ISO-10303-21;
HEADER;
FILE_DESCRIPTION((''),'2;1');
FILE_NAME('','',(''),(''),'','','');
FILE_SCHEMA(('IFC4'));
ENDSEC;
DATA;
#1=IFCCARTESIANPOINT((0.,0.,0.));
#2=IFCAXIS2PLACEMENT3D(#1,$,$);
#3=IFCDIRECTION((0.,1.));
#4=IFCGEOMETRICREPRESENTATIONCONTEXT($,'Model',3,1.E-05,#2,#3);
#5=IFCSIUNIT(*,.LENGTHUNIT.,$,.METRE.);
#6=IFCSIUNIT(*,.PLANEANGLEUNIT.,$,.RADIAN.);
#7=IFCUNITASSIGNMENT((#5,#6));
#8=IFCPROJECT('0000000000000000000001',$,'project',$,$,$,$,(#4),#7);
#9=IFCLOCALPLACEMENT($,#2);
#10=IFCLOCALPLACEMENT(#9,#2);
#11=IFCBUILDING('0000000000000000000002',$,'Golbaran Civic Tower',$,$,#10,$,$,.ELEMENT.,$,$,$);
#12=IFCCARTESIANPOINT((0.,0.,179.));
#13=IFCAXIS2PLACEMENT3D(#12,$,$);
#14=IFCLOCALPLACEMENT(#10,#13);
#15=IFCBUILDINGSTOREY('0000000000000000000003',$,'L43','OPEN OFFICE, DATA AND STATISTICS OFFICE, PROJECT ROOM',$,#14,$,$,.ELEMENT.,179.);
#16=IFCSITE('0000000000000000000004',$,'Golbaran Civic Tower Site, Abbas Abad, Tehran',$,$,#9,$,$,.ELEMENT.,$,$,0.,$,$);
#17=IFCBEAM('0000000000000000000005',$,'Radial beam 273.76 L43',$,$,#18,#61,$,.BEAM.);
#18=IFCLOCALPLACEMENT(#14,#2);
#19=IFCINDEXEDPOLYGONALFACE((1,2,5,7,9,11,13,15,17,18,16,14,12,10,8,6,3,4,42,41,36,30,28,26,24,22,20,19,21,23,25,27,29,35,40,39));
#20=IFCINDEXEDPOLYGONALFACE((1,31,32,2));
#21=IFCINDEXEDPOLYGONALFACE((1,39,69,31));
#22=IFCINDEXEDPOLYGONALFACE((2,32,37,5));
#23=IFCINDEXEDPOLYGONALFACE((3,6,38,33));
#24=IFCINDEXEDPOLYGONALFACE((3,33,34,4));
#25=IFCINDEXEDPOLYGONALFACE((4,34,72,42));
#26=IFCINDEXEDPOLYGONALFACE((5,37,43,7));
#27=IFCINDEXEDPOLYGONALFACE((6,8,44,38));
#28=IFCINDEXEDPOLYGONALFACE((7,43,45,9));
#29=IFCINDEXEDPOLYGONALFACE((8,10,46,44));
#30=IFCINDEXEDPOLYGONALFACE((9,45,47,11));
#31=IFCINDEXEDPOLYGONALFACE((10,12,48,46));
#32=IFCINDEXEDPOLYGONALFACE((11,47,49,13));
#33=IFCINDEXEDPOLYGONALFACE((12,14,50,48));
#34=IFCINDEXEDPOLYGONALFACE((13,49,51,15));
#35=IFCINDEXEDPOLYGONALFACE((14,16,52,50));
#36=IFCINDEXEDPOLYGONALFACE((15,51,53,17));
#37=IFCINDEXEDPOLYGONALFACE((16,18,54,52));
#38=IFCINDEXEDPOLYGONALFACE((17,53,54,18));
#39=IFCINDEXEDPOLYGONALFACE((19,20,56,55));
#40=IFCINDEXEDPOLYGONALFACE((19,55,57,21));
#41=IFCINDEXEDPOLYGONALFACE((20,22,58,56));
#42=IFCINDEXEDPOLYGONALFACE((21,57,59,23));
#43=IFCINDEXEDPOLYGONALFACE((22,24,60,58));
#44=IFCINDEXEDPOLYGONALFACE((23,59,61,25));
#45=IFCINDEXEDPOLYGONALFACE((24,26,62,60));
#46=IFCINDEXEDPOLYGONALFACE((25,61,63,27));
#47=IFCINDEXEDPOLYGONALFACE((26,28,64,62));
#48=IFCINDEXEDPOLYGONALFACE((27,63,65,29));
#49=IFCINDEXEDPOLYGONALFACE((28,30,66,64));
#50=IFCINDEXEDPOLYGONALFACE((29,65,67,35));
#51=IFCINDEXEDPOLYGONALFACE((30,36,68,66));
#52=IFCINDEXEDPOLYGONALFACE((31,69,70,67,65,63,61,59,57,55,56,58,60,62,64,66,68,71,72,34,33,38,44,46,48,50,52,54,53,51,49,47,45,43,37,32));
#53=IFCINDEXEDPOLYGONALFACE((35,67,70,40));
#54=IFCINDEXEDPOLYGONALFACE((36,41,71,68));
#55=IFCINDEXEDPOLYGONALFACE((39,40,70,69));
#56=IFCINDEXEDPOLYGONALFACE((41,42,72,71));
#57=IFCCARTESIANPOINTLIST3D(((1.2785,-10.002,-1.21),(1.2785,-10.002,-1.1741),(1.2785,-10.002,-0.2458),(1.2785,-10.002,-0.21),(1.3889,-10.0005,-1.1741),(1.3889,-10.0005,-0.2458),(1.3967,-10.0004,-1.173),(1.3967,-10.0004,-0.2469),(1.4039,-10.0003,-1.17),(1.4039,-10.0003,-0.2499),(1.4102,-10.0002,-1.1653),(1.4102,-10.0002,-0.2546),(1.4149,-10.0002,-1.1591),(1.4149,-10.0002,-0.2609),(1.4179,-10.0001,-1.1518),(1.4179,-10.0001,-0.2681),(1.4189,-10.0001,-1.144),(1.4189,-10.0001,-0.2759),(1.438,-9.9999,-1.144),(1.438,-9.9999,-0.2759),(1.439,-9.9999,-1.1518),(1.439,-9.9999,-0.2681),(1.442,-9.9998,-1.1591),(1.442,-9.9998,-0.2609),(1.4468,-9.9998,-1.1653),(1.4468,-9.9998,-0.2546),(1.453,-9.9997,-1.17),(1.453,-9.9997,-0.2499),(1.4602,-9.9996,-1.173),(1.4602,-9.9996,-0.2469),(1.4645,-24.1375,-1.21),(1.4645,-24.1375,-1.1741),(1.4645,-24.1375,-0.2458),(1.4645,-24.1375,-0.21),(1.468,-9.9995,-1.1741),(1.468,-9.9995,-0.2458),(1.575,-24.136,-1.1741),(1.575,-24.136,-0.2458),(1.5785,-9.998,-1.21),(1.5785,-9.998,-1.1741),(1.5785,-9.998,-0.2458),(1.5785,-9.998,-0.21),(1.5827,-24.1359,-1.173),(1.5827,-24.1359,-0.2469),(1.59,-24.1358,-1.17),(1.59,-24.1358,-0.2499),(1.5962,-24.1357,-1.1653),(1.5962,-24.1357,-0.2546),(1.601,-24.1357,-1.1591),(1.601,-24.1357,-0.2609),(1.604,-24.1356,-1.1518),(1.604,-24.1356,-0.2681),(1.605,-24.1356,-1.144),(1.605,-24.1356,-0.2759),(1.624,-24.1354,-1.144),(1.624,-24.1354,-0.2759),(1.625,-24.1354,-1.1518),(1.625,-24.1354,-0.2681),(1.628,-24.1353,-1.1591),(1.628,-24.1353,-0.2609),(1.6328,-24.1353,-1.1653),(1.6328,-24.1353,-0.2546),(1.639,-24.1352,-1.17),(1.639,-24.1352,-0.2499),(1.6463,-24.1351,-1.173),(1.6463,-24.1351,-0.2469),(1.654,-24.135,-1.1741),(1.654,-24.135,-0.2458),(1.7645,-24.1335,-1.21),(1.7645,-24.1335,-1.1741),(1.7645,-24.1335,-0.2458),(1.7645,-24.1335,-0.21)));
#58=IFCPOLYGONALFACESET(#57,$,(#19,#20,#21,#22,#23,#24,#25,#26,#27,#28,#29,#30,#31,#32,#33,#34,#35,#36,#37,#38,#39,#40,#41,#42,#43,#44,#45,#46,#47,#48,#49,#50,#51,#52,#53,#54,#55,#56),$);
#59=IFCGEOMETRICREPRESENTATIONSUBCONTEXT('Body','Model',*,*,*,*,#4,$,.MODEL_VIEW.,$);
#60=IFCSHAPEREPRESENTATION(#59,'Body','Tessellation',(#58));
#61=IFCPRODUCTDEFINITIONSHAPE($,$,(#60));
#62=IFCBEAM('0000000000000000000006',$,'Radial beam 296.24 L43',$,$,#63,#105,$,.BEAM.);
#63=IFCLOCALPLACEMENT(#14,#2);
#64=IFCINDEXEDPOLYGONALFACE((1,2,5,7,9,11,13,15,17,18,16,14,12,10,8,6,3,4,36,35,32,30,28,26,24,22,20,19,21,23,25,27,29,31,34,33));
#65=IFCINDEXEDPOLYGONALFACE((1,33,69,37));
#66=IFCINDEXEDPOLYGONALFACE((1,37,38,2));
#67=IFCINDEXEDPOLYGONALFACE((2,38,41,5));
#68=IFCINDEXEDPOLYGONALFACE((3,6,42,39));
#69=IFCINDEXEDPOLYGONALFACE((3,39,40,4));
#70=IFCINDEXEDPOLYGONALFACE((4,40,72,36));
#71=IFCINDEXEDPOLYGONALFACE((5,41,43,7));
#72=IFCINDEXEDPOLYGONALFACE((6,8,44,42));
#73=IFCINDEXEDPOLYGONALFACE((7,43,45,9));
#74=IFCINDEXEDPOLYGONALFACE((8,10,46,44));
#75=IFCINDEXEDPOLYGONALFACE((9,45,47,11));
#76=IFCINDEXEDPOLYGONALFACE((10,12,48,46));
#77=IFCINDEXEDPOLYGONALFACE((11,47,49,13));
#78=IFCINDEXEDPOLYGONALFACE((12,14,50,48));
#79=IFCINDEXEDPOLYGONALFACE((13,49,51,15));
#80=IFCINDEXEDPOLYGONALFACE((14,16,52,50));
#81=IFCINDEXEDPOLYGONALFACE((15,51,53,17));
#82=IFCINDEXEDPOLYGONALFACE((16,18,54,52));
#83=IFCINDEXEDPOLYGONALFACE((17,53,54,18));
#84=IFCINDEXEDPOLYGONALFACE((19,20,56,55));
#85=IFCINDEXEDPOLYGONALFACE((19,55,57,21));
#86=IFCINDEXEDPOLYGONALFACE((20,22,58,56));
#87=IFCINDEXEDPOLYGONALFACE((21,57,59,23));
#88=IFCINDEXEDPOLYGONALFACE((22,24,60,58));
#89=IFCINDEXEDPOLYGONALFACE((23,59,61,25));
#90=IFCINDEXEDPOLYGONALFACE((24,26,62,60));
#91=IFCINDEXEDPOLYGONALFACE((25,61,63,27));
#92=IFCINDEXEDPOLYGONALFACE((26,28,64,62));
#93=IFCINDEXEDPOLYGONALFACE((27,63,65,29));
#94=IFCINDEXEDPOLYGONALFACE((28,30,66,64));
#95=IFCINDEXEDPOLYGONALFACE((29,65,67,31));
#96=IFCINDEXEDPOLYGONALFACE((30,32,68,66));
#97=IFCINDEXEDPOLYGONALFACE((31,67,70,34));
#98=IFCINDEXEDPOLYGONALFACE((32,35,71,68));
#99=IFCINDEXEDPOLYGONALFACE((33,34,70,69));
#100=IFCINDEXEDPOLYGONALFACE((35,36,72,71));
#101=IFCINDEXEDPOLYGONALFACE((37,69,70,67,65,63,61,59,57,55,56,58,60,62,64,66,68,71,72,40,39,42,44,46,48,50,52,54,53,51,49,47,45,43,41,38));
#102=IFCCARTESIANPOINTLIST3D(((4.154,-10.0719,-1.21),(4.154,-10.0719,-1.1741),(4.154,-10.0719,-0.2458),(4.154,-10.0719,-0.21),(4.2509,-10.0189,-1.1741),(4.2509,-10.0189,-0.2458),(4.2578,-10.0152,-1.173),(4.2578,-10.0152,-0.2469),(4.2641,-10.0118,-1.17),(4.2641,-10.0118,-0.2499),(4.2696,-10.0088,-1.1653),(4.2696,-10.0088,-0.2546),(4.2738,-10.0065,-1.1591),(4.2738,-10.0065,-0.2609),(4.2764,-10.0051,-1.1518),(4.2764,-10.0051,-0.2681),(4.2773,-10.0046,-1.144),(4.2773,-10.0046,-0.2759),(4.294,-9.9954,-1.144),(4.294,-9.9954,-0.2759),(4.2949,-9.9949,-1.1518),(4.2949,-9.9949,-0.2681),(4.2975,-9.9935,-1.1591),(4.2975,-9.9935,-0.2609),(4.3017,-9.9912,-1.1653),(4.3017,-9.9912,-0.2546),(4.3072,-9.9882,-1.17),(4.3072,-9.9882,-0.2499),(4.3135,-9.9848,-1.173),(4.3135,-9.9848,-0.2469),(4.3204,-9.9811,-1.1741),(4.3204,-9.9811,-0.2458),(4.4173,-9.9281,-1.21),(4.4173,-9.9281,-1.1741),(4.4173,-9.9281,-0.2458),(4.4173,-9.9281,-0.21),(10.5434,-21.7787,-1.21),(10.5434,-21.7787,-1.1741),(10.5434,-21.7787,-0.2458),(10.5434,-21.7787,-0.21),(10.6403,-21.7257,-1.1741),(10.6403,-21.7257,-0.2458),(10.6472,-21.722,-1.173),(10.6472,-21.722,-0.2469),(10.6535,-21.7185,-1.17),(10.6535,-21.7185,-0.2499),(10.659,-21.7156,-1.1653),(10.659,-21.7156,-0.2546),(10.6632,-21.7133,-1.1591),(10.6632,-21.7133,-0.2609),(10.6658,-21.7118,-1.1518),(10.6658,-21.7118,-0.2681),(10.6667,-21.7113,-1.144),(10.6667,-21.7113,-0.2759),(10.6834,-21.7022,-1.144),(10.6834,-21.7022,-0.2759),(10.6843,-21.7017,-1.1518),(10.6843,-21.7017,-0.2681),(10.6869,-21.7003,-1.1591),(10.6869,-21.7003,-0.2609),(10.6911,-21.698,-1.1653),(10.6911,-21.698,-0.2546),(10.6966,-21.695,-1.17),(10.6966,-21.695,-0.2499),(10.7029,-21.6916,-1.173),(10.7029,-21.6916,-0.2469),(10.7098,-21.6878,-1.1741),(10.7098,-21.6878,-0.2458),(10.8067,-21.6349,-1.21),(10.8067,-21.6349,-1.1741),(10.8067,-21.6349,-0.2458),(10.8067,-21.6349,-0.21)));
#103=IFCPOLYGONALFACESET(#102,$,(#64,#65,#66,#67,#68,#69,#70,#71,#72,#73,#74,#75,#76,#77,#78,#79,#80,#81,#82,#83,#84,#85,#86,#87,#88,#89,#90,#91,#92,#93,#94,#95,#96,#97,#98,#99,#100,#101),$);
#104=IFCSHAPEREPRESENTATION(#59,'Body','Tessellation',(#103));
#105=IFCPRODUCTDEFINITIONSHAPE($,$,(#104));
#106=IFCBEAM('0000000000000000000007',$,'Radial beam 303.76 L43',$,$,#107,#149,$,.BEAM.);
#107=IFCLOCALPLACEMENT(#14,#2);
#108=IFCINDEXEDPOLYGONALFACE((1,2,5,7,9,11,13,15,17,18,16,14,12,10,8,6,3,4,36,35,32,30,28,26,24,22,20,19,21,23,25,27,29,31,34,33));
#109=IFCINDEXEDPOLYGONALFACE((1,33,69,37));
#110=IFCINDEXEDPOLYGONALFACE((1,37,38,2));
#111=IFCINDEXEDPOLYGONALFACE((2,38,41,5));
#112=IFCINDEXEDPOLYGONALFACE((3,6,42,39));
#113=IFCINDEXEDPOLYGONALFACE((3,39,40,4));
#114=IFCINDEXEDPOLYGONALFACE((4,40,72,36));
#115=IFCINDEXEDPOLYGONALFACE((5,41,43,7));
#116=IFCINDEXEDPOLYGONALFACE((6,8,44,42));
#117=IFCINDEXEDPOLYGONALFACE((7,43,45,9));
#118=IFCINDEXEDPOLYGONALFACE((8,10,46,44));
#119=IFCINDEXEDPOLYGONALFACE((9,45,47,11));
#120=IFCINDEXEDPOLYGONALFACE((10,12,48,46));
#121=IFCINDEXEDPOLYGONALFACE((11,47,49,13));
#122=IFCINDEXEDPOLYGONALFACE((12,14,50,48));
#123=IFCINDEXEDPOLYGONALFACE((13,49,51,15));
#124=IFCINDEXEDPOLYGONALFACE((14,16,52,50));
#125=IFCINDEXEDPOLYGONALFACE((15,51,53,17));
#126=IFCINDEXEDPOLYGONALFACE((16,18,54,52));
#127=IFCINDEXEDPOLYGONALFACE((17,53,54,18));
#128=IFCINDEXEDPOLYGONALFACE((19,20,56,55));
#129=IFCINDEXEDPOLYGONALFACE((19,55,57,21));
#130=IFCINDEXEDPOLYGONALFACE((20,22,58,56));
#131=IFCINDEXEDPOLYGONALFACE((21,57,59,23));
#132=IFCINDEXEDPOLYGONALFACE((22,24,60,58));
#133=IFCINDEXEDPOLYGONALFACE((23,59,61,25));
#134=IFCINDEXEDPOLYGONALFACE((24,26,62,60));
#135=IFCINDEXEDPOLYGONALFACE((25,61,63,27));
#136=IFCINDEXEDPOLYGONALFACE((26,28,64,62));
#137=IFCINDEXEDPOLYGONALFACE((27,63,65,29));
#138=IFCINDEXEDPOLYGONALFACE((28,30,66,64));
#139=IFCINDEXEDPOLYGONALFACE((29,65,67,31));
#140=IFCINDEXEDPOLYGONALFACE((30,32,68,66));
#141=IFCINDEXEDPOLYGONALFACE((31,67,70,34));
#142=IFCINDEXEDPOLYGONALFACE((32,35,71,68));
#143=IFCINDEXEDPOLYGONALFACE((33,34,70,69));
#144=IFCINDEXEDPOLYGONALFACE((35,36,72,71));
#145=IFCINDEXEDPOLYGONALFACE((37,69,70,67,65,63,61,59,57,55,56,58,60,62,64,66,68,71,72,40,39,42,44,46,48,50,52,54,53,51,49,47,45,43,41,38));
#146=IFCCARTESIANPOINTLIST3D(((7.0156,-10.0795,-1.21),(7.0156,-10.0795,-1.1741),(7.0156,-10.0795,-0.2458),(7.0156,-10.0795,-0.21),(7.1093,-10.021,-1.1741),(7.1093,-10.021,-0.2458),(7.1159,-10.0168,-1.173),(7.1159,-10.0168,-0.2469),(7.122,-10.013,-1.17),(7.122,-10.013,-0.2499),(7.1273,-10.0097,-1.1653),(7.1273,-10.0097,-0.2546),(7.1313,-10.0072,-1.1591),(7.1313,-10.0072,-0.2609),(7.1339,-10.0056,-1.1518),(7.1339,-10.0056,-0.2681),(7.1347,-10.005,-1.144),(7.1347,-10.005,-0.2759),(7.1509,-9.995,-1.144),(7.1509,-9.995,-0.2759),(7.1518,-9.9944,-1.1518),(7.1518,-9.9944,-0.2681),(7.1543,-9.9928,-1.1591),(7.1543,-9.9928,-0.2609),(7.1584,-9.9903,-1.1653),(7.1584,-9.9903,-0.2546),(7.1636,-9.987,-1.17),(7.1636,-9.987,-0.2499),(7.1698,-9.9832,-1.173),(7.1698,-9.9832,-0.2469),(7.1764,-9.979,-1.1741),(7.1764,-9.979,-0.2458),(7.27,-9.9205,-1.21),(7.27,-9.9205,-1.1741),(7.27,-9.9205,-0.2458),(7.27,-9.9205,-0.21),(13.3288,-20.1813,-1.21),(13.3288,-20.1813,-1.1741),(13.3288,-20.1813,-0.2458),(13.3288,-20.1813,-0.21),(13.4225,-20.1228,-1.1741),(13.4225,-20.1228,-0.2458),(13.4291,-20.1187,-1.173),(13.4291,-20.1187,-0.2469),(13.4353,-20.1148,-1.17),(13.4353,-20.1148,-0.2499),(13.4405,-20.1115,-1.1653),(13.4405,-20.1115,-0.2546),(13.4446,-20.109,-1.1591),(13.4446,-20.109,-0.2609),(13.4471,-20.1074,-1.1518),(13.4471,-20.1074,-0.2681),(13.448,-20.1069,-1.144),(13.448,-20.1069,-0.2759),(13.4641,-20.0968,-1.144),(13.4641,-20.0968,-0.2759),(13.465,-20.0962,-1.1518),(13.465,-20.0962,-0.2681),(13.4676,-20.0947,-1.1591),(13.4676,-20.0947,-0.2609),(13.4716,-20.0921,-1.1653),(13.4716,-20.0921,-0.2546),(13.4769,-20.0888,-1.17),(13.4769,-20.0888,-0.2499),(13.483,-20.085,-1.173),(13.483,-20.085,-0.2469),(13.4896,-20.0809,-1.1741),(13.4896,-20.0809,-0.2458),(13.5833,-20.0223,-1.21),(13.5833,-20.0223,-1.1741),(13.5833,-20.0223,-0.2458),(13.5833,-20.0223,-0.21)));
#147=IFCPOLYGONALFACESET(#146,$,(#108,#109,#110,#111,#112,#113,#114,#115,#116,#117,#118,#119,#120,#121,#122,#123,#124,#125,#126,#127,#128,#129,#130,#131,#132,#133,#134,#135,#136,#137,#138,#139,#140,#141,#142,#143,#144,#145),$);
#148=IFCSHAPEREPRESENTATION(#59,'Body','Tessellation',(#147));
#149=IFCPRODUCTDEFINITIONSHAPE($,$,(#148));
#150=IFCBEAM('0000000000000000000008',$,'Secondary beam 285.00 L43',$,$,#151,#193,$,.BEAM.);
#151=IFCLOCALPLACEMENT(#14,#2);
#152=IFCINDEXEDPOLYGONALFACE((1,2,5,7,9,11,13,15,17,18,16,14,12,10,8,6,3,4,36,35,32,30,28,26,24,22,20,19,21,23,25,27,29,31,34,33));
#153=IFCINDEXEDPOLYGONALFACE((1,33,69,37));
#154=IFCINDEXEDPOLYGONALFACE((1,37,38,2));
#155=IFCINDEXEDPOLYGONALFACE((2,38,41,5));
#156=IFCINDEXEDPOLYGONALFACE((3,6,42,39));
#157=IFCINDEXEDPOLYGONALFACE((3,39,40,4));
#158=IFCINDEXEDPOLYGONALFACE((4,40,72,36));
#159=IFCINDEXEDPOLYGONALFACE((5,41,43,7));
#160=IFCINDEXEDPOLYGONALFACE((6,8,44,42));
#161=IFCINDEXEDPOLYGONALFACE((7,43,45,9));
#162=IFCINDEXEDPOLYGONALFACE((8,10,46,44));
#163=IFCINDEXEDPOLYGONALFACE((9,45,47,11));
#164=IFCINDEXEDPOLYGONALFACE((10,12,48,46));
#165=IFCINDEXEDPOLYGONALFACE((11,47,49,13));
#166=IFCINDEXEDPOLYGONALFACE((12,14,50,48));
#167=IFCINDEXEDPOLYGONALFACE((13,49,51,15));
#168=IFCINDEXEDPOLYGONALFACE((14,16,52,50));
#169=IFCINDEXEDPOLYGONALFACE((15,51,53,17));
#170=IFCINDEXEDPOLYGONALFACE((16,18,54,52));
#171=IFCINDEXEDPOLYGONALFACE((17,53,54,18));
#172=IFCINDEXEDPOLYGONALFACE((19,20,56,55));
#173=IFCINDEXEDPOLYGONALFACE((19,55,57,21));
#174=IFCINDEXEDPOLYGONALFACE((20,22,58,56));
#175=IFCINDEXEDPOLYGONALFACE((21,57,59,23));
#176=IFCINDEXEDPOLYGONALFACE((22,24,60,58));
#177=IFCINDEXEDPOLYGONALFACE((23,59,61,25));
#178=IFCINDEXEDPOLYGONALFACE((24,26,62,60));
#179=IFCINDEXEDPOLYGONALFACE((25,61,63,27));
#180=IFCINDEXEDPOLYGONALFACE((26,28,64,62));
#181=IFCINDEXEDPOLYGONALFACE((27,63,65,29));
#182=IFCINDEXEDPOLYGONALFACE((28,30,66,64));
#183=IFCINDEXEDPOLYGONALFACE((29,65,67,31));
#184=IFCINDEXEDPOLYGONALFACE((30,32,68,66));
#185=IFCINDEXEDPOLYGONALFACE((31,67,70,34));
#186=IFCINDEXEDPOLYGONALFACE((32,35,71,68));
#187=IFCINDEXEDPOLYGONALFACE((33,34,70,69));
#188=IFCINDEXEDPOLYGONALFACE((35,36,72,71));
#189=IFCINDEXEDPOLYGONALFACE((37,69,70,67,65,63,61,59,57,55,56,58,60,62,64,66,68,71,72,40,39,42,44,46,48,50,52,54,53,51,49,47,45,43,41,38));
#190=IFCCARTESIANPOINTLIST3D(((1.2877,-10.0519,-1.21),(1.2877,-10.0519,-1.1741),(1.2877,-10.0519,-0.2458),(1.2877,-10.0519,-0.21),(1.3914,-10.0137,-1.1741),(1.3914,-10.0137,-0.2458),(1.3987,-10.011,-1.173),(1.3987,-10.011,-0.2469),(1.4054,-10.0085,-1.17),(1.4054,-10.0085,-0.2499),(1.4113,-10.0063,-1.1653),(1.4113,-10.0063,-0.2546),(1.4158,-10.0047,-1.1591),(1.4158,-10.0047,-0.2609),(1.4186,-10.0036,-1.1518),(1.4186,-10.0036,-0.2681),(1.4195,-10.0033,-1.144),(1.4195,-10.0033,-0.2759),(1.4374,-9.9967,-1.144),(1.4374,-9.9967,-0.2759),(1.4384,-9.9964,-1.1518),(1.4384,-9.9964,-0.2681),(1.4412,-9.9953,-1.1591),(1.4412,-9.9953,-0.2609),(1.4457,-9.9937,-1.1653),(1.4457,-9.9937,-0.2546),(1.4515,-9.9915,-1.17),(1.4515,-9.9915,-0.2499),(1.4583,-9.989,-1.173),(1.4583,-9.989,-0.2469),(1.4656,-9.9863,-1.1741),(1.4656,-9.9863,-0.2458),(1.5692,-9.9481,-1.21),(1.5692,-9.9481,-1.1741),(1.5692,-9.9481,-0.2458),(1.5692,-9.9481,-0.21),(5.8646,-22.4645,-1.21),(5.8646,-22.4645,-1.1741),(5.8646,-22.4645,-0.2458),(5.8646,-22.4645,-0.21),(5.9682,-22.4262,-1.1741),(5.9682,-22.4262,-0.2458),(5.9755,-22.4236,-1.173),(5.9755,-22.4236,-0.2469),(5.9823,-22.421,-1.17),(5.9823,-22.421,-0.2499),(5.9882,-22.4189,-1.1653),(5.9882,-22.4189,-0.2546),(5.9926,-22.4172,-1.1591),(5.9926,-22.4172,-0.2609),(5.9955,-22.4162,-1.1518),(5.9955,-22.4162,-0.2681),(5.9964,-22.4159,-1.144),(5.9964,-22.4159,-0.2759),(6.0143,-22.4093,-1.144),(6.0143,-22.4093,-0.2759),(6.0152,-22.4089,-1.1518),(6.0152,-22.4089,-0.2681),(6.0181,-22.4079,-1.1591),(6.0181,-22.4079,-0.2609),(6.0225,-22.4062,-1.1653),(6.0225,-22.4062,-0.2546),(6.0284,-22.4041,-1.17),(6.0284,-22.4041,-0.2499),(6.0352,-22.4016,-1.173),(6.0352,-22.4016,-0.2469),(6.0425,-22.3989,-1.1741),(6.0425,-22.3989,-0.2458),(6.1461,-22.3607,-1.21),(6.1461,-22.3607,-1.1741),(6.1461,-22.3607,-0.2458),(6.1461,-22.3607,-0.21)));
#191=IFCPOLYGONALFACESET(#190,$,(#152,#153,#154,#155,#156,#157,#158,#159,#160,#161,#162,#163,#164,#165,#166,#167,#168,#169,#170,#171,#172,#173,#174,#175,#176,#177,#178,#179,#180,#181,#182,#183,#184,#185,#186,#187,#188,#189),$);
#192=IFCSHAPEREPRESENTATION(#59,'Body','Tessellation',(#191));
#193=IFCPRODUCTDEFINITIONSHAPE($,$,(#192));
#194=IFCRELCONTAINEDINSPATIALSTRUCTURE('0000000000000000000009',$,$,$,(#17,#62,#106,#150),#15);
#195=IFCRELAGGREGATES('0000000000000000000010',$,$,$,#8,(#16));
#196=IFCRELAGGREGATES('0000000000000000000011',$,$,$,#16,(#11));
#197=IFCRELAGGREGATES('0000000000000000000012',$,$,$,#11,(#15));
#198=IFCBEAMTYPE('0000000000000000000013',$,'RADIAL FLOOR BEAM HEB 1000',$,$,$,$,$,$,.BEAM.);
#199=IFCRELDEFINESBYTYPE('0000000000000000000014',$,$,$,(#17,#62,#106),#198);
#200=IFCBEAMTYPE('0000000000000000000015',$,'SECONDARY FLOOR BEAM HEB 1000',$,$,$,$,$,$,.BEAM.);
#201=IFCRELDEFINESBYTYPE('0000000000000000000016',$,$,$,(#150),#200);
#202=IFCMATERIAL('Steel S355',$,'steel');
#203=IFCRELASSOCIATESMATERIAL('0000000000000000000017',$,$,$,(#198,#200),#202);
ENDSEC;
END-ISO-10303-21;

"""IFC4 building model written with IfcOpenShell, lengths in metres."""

from ifc_helpers import new_model, si_unit, direction, frame, origin, origin_2d, place, context, subcontext, project, spatial, i_section, extrude, material, material_profile, profile_set, type_object, element, save


model = new_model("IFC4")

# Units and contexts
model_context = context("Model", 3, precision=1e-05, world=origin(), true_north=direction((0.0, 1.0)))
body_context = subcontext(model_context, "Body", "Model", "MODEL_VIEW")
ifc_project = project(units=[si_unit("LENGTHUNIT", "METRE"), si_unit("PLANEANGLEUNIT", "RADIAN")], contexts=[model_context])

# Site, building, storey
site_placement = place(None, origin())
site = spatial("IfcSite", under=ifc_project, at=site_placement, Name="Golbaran Civic Tower Site, Abbas Abad, Tehran", CompositionType="ELEMENT", RefElevation=0.0)
building_placement = place(site_placement, origin())
building = spatial("IfcBuilding", under=site, at=building_placement, Name="Golbaran Civic Tower", CompositionType="ELEMENT")
storey_placement = place(building_placement, frame((0.0, 0.0, 179.0)))
storey = spatial("IfcBuildingStorey", under=building, at=storey_placement, Name="L43", Description="OPEN OFFICE, DATA AND STATISTICS OFFICE, PROJECT ROOM", CompositionType="ELEMENT", Elevation=179.0)

# Beams
ifc_material_1 = material(Name="Steel S355", Category="steel")
ifc_material_profile_1 = material_profile(ifc_material_1, i_section(OverallWidth=0.3, OverallDepth=1.0, WebThickness=0.019, FlangeThickness=0.0359, FilletRadius=0.03, at=origin_2d()), Name="HEB 1000")
ifc_profile_set_1 = profile_set([ifc_material_profile_1], Name="Steel S355")
beam_type_1 = type_object("IfcBeamType", Name="RADIAL FLOOR BEAM HEB 1000", PredefinedType="BEAM", material=ifc_profile_set_1)
beam_1_placement = place(storey_placement, frame((1.4285, -10.0, -0.71), z_axis=(0.01316, -0.999913, 0.0), x_axis=(0.999913, 0.01316, 0.0)))
element("IfcBeam", 1, at=beam_1_placement, inside=storey, type_object=beam_type_1, Name="Radial beam 273.76 L43", PredefinedType="BEAM", context=body_context, shape_type="SweptSolid", body=[
    extrude(i_section(OverallWidth=0.3, OverallDepth=1.0, WebThickness=0.019, FlangeThickness=0.0359, FilletRadius=0.03, at=origin_2d()), origin(), (0.0, 0.0, 1.0), 14.1367),
])
beam_2_placement = place(storey_placement, frame((4.2856, -10.0, -0.71), z_axis=(0.479077, -0.877773, 0.0), x_axis=(0.877773, 0.479077, 0.0)))
element("IfcBeam", 2, at=beam_2_placement, inside=storey, type_object=beam_type_1, Name="Radial beam 296.24 L43", PredefinedType="BEAM", context=body_context, shape_type="SweptSolid", body=[
    extrude(i_section(OverallWidth=0.3, OverallDepth=1.0, WebThickness=0.019, FlangeThickness=0.0359, FilletRadius=0.03, at=origin_2d()), origin(), (0.0, 0.0, 1.0), 13.3369),
])
beam_3_placement = place(storey_placement, frame((7.1428, -10.0, -0.71), z_axis=(0.529975, -0.848013, 0.0), x_axis=(0.848013, 0.529975, 0.0)))
element("IfcBeam", 3, at=beam_3_placement, inside=storey, type_object=beam_type_1, Name="Radial beam 303.76 L43", PredefinedType="BEAM", context=body_context, shape_type="SweptSolid", body=[
    extrude(i_section(OverallWidth=0.3, OverallDepth=1.0, WebThickness=0.019, FlangeThickness=0.0359, FilletRadius=0.03, at=origin_2d()), origin(), (0.0, 0.0, 1.0), 11.9124),
])
ifc_material_profile_2 = material_profile(ifc_material_1, i_section(OverallWidth=0.3, OverallDepth=1.0, WebThickness=0.019, FlangeThickness=0.0359, FilletRadius=0.03, at=origin_2d()), Name="HEB 1000")
ifc_profile_set_2 = profile_set([ifc_material_profile_2], Name="Steel S355")
beam_type_2 = type_object("IfcBeamType", Name="SECONDARY FLOOR BEAM HEB 1000", PredefinedType="BEAM", material=ifc_profile_set_2)
beam_4_placement = place(storey_placement, frame((1.4285, -10.0, -0.71), z_axis=(0.345961, -0.938249, 0.0), x_axis=(0.938249, 0.345961, 0.0)))
element("IfcBeam", 4, at=beam_4_placement, inside=storey, type_object=beam_type_2, Name="Secondary beam 285.00 L43", PredefinedType="BEAM", context=body_context, shape_type="SweptSolid", body=[
    extrude(i_section(OverallWidth=0.3, OverallDepth=1.0, WebThickness=0.019, FlangeThickness=0.0359, FilletRadius=0.03, at=origin_2d()), origin(), (0.0, 0.0, 1.0), 13.2295),
])

save(model, "model.ifc")
